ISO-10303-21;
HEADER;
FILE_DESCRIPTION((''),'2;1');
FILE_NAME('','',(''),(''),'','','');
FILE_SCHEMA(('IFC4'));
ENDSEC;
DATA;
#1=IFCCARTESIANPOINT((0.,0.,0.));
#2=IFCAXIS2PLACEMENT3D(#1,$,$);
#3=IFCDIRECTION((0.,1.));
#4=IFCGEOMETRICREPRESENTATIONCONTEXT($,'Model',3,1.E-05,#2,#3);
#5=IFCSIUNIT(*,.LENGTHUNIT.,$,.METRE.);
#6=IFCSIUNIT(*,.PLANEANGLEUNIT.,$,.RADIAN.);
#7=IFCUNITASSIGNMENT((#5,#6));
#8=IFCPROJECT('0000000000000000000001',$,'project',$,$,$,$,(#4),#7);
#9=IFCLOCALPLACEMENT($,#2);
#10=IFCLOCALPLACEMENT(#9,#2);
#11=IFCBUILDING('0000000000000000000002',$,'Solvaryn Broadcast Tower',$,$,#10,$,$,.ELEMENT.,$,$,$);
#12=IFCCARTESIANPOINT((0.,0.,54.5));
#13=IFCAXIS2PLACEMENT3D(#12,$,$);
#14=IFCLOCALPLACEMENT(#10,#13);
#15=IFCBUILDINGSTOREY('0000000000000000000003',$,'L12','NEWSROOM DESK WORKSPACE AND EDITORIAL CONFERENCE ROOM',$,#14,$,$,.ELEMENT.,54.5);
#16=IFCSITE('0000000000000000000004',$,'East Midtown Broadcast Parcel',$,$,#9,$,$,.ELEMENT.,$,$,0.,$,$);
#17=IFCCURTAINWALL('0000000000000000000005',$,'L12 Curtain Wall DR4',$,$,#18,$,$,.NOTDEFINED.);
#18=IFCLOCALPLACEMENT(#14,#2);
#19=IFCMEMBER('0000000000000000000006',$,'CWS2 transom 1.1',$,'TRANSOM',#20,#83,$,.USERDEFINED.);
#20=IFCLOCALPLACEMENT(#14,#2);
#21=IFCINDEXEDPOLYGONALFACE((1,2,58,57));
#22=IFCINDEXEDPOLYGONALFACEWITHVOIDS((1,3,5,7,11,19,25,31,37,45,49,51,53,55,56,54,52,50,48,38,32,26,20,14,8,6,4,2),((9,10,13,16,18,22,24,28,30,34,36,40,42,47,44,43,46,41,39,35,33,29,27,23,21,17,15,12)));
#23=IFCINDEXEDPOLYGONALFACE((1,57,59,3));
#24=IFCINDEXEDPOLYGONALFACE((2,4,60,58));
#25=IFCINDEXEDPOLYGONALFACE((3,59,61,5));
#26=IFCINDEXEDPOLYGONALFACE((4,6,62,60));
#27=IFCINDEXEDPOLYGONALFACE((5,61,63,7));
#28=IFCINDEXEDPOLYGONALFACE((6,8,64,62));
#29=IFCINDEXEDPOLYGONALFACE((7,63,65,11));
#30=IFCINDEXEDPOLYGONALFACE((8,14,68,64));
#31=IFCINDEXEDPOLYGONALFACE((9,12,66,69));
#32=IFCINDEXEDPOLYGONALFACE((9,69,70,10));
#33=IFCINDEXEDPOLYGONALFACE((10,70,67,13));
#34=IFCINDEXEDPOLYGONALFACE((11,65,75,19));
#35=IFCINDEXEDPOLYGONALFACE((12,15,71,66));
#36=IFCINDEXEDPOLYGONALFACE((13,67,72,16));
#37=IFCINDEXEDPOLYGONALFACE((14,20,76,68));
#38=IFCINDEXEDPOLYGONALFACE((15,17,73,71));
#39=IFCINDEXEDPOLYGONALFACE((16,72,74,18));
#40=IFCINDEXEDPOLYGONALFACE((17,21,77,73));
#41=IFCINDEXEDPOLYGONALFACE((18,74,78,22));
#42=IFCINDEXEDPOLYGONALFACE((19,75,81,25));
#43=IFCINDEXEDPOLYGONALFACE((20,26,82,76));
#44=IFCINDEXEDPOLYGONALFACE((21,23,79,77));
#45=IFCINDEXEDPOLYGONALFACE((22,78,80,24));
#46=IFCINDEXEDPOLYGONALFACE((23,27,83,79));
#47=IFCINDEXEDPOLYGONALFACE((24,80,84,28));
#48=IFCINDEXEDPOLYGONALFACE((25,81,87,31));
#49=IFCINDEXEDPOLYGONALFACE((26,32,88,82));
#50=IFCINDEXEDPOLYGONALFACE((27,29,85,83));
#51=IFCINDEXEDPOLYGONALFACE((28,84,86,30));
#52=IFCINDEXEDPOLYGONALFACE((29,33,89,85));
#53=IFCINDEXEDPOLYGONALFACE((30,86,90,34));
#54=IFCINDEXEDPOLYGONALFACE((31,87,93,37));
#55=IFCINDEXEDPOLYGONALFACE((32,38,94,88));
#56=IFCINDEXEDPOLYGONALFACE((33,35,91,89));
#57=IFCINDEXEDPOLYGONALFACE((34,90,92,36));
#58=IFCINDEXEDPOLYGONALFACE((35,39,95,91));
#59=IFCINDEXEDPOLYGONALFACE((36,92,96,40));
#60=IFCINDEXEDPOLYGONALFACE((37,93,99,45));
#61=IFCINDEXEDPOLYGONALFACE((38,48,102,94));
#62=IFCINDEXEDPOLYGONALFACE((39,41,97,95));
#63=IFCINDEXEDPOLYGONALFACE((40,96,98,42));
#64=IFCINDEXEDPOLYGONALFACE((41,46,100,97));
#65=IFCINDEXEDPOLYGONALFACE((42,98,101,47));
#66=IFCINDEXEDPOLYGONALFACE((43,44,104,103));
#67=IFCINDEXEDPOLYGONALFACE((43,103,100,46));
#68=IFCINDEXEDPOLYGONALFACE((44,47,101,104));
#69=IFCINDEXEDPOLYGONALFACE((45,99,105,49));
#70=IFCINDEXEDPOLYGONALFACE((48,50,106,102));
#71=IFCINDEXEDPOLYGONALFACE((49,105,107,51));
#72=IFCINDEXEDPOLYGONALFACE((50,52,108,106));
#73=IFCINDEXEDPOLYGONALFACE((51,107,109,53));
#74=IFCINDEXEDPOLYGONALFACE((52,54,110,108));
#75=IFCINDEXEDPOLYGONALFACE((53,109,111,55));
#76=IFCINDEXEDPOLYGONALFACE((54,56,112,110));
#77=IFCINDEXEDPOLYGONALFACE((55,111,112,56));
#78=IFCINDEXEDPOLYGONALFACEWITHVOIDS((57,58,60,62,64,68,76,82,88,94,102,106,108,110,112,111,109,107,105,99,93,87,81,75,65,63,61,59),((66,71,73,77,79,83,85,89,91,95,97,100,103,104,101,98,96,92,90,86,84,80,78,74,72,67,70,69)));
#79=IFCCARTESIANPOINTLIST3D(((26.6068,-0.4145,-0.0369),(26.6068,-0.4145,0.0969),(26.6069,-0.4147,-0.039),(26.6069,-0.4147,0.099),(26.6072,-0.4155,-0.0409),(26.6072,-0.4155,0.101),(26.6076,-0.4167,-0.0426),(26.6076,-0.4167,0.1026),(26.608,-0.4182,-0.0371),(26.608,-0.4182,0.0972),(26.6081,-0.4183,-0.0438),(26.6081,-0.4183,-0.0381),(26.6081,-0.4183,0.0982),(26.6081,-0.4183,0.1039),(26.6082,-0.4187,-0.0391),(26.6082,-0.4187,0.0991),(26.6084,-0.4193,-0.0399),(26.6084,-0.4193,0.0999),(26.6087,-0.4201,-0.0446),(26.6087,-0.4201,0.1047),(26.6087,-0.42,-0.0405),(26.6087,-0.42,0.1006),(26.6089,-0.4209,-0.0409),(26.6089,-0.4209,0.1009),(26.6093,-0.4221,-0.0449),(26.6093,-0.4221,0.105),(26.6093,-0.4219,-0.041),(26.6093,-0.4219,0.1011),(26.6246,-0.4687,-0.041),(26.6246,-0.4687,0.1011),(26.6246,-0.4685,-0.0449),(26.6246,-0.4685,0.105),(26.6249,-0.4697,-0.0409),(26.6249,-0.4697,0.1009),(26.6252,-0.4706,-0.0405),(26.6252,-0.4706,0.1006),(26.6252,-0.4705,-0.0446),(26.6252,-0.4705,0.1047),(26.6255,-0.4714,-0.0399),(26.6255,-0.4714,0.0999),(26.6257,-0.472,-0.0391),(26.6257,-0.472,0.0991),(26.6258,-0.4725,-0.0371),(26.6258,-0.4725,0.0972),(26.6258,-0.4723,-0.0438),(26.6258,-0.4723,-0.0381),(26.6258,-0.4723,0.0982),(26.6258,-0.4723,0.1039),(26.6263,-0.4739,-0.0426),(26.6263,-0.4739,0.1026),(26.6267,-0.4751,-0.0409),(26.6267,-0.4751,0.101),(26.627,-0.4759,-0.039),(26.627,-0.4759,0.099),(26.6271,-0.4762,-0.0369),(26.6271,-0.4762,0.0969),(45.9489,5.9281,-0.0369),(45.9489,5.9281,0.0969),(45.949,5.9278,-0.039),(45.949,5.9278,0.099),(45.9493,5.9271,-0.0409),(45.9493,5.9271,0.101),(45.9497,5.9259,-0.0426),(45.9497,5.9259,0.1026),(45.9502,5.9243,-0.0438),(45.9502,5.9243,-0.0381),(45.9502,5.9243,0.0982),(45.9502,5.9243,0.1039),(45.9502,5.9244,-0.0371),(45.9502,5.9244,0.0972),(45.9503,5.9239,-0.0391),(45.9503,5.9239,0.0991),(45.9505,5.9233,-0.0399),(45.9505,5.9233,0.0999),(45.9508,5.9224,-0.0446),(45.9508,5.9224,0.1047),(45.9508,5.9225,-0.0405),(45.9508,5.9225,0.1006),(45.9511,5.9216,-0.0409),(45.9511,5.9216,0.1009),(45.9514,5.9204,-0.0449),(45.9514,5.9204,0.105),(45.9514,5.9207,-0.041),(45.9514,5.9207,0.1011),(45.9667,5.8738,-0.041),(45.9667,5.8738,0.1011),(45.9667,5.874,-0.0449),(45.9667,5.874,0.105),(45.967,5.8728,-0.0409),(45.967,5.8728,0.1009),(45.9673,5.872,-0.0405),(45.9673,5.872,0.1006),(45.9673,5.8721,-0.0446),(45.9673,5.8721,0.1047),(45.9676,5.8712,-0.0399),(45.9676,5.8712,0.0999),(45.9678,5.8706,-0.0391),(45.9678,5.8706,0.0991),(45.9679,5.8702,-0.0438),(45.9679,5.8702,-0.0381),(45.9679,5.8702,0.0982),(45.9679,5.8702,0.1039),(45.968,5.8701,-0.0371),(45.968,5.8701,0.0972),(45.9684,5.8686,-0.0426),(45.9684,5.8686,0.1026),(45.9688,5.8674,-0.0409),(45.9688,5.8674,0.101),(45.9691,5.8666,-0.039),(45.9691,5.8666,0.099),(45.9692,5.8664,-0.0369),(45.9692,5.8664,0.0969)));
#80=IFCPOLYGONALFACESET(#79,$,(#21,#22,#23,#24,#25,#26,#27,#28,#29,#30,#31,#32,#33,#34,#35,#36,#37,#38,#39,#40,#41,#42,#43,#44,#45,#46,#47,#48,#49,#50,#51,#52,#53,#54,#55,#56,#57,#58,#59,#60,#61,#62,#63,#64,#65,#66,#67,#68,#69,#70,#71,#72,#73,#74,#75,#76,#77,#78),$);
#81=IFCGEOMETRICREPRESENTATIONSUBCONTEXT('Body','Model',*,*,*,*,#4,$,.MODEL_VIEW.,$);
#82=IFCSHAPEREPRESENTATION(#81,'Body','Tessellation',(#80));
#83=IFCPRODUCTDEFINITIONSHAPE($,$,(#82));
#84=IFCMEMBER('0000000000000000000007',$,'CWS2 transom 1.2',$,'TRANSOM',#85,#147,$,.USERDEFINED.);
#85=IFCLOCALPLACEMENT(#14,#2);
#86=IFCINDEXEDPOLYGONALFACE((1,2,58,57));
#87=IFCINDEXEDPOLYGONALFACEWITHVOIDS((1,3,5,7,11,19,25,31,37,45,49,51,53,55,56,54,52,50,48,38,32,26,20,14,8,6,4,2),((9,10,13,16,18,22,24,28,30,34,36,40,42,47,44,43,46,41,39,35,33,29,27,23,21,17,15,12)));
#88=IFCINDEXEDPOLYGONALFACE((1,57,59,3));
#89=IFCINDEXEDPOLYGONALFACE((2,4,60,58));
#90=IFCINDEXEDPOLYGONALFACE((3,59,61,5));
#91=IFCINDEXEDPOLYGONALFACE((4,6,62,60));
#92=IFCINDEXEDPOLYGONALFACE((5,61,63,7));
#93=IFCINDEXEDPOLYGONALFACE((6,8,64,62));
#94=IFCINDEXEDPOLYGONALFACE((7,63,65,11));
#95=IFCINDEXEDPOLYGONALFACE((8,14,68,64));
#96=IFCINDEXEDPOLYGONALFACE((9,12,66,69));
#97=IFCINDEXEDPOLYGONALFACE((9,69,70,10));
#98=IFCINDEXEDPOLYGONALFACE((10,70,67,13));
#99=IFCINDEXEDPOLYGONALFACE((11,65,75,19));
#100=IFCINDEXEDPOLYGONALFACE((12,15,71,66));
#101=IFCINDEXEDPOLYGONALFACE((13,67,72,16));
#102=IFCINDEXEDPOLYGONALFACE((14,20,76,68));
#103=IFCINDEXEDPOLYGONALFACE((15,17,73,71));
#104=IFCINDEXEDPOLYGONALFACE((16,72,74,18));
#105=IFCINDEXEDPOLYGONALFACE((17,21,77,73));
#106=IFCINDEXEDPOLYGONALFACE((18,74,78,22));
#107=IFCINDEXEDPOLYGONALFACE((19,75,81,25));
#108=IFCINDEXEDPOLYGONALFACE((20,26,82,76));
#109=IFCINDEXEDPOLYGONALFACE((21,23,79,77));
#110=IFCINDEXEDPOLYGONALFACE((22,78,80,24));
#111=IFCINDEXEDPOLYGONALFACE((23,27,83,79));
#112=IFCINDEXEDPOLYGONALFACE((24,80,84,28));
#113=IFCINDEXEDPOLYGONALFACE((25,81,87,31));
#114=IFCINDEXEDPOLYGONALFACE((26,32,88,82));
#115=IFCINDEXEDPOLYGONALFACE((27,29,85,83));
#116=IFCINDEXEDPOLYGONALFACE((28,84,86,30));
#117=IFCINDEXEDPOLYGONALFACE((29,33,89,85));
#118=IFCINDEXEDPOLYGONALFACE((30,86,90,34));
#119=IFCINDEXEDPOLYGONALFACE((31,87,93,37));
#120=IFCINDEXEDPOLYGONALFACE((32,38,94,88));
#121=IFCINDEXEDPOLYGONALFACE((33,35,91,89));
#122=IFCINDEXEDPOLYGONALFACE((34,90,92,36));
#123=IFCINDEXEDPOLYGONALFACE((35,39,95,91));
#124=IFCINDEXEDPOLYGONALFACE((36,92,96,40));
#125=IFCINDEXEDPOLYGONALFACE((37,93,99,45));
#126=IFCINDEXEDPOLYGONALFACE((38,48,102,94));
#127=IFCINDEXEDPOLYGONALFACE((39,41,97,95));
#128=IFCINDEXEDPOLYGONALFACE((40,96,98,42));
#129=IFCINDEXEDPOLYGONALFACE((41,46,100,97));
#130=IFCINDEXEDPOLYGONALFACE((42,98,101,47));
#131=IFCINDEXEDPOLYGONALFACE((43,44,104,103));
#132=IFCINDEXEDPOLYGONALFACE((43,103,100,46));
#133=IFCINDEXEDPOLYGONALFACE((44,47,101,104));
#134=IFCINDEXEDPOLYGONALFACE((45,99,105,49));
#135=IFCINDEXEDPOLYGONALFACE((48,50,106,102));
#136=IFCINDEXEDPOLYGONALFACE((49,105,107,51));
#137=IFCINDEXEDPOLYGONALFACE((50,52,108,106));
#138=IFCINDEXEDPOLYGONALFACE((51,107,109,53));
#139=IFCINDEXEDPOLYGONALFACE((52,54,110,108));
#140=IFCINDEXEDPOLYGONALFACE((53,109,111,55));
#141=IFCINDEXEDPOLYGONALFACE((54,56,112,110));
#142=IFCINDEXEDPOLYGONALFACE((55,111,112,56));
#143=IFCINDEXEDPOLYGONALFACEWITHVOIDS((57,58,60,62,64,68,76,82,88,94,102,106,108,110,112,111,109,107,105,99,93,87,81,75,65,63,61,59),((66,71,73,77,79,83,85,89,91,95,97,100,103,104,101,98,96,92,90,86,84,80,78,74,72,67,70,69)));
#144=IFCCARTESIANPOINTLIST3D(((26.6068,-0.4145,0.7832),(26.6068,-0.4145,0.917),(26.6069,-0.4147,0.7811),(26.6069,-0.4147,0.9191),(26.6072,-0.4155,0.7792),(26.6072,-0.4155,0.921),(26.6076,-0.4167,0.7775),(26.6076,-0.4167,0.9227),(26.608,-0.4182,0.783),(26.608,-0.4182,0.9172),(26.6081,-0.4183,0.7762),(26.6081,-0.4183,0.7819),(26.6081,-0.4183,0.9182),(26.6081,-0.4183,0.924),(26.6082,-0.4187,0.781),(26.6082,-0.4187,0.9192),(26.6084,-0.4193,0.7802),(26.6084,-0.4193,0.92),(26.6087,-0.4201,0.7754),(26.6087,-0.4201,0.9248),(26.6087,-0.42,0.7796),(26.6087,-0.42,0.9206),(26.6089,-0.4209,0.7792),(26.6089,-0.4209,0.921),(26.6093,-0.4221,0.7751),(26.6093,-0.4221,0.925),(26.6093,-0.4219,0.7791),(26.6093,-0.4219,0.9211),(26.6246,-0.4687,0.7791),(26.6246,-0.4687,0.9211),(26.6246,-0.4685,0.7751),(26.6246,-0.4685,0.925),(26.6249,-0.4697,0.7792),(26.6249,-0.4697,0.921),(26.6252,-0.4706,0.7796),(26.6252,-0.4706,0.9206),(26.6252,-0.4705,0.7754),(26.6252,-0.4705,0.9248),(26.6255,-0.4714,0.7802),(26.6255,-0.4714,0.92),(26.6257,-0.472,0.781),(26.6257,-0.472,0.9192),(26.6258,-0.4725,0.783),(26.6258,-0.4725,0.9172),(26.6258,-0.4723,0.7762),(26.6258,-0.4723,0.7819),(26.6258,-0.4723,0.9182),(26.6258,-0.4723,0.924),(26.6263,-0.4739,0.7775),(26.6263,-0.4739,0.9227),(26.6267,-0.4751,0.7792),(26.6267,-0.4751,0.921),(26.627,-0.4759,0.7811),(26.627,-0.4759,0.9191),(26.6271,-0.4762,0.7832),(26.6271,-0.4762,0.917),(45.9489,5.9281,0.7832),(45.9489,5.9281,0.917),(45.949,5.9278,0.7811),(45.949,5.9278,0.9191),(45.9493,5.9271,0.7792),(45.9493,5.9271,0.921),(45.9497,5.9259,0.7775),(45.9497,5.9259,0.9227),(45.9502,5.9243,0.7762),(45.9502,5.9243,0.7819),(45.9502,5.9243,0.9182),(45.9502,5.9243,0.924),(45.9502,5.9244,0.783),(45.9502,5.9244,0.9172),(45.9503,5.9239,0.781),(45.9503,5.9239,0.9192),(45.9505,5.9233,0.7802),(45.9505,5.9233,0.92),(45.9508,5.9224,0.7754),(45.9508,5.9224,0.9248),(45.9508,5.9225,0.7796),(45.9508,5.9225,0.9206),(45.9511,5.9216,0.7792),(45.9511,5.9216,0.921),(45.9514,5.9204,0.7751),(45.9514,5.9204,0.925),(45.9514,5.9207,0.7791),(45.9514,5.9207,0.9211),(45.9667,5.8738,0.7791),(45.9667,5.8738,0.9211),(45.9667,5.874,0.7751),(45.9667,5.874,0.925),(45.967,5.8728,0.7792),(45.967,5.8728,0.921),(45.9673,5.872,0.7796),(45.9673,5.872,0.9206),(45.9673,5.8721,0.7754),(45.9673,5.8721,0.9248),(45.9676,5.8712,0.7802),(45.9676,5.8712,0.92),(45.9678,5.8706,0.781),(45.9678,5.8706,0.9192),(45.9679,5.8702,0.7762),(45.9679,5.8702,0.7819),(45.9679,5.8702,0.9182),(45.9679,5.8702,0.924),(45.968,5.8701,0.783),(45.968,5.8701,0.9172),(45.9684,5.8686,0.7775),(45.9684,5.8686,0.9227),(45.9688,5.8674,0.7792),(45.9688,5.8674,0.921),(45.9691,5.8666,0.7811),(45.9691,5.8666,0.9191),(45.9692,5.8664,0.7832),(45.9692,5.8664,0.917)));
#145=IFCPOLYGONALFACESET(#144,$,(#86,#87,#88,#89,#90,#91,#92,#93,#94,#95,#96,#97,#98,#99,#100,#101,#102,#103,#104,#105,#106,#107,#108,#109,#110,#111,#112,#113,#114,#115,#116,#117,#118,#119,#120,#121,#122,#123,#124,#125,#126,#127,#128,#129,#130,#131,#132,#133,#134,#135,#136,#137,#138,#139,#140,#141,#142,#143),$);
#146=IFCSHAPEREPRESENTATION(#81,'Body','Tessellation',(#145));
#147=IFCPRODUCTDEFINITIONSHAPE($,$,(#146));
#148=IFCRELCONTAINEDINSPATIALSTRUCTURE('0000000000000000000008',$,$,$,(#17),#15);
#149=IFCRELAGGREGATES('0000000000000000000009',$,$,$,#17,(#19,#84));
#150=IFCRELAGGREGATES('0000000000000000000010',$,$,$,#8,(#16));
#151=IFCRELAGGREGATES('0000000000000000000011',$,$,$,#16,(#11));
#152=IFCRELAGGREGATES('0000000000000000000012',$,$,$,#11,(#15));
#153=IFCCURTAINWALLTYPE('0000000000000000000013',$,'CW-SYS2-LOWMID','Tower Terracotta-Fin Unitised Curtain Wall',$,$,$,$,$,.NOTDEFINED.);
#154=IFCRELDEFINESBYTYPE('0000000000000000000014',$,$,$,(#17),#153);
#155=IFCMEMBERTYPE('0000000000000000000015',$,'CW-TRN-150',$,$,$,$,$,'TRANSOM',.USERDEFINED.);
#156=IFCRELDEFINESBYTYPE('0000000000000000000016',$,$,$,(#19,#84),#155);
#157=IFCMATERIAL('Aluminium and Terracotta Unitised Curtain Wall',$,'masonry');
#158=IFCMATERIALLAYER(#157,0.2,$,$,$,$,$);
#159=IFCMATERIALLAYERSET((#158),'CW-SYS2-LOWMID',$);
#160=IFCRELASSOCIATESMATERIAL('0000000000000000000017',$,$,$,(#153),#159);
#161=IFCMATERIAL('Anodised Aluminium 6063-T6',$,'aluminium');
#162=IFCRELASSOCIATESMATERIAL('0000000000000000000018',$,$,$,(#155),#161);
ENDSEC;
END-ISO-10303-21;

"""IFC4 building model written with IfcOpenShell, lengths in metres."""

from ifc_helpers import new_model, si_unit, direction, frame, origin, origin_2d, place, context, subcontext, project, spatial, hollow_rectangle, extrude, material, layer, layer_set, material_profile, profile_set, type_object, element, aggregate, save


model = new_model("IFC4")

# Units and contexts
model_context = context("Model", 3, precision=1e-05, world=origin(), true_north=direction((0.0, 1.0)))
body_context = subcontext(model_context, "Body", "Model", "MODEL_VIEW")
ifc_project = project(units=[si_unit("LENGTHUNIT", "METRE"), si_unit("PLANEANGLEUNIT", "RADIAN")], contexts=[model_context])

# Site, building, storey
site_placement = place(None, origin())
site = spatial("IfcSite", under=ifc_project, at=site_placement, Name="East Midtown Broadcast Parcel", CompositionType="ELEMENT", RefElevation=0.0)
building_placement = place(site_placement, origin())
building = spatial("IfcBuilding", under=site, at=building_placement, Name="Solvaryn Broadcast Tower", CompositionType="ELEMENT")
storey_placement = place(building_placement, frame((0.0, 0.0, 54.5)))
storey = spatial("IfcBuildingStorey", under=building, at=storey_placement, Name="L12", Description="NEWSROOM DESK WORKSPACE AND EDITORIAL CONFERENCE ROOM", CompositionType="ELEMENT", Elevation=54.5)

# Shared definitions
ifc_material_1 = material(Name="Aluminium and Terracotta Unitised Curtain Wall", Category="masonry")
ifc_layer_1 = layer(ifc_material_1, 0.2)
ifc_layer_set_1 = layer_set([ifc_layer_1], Name="CW-SYS2-LOWMID")
curtain_wall_type = type_object("IfcCurtainWallType", Name="CW-SYS2-LOWMID", Description="Tower Terracotta-Fin Unitised Curtain Wall", PredefinedType="NOTDEFINED", material=ifc_layer_set_1)

# Curtain wall, members
curtain_wall_1_placement = place(storey_placement, origin())
curtain_wall_1 = element("IfcCurtainWall", 1, at=curtain_wall_1_placement, inside=storey, type_object=curtain_wall_type, Name="L12 Curtain Wall DR4", PredefinedType="NOTDEFINED")
ifc_material_2 = material(Name="Anodised Aluminium 6063-T6", Category="aluminium")
ifc_material_profile_1 = material_profile(ifc_material_2, hollow_rectangle(XDim=0.0649, YDim=0.1499, WallThickness=0.0039, InnerFilletRadius=0.0039, OuterFilletRadius=0.0081, at=origin_2d()))
ifc_profile_set_1 = profile_set([ifc_material_profile_1], Name="Anodised Aluminium 6063-T6")
member_type_1 = type_object("IfcMemberType", Name="CW-TRN-150", ElementType="TRANSOM", PredefinedType="USERDEFINED", material=ifc_profile_set_1)
member_1_placement = place(storey_placement, frame((26.6169, -0.4453, 0.03), z_axis=(0.950217, 0.31159, 0.0), x_axis=(-0.31159, 0.950217, 0.0)))
member_1 = element("IfcMember", 2, at=member_1_placement, type_object=member_type_1, Name="CWS2 transom 1.1", ObjectType="TRANSOM", PredefinedType="USERDEFINED", context=body_context, shape_type="SweptSolid", body=[
    extrude(hollow_rectangle(XDim=0.0649, YDim=0.1499, WallThickness=0.0039, InnerFilletRadius=0.0039, OuterFilletRadius=0.0081, at=origin_2d()), origin(), (0.0, 0.0, 1.0), 20.3555),
])
member_2_placement = place(storey_placement, frame((26.6169, -0.4453, 0.8501), z_axis=(0.950217, 0.31159, 0.0), x_axis=(-0.31159, 0.950217, 0.0)))
member_2 = element("IfcMember", 3, at=member_2_placement, type_object=member_type_1, Name="CWS2 transom 1.2", ObjectType="TRANSOM", PredefinedType="USERDEFINED", context=body_context, shape_type="SweptSolid", body=[
    extrude(hollow_rectangle(XDim=0.0649, YDim=0.1499, WallThickness=0.0039, InnerFilletRadius=0.0039, OuterFilletRadius=0.0081, at=origin_2d()), origin(), (0.0, 0.0, 1.0), 20.3555),
])
aggregate(curtain_wall_1, [member_1, member_2])

save(model, "model.ifc")
